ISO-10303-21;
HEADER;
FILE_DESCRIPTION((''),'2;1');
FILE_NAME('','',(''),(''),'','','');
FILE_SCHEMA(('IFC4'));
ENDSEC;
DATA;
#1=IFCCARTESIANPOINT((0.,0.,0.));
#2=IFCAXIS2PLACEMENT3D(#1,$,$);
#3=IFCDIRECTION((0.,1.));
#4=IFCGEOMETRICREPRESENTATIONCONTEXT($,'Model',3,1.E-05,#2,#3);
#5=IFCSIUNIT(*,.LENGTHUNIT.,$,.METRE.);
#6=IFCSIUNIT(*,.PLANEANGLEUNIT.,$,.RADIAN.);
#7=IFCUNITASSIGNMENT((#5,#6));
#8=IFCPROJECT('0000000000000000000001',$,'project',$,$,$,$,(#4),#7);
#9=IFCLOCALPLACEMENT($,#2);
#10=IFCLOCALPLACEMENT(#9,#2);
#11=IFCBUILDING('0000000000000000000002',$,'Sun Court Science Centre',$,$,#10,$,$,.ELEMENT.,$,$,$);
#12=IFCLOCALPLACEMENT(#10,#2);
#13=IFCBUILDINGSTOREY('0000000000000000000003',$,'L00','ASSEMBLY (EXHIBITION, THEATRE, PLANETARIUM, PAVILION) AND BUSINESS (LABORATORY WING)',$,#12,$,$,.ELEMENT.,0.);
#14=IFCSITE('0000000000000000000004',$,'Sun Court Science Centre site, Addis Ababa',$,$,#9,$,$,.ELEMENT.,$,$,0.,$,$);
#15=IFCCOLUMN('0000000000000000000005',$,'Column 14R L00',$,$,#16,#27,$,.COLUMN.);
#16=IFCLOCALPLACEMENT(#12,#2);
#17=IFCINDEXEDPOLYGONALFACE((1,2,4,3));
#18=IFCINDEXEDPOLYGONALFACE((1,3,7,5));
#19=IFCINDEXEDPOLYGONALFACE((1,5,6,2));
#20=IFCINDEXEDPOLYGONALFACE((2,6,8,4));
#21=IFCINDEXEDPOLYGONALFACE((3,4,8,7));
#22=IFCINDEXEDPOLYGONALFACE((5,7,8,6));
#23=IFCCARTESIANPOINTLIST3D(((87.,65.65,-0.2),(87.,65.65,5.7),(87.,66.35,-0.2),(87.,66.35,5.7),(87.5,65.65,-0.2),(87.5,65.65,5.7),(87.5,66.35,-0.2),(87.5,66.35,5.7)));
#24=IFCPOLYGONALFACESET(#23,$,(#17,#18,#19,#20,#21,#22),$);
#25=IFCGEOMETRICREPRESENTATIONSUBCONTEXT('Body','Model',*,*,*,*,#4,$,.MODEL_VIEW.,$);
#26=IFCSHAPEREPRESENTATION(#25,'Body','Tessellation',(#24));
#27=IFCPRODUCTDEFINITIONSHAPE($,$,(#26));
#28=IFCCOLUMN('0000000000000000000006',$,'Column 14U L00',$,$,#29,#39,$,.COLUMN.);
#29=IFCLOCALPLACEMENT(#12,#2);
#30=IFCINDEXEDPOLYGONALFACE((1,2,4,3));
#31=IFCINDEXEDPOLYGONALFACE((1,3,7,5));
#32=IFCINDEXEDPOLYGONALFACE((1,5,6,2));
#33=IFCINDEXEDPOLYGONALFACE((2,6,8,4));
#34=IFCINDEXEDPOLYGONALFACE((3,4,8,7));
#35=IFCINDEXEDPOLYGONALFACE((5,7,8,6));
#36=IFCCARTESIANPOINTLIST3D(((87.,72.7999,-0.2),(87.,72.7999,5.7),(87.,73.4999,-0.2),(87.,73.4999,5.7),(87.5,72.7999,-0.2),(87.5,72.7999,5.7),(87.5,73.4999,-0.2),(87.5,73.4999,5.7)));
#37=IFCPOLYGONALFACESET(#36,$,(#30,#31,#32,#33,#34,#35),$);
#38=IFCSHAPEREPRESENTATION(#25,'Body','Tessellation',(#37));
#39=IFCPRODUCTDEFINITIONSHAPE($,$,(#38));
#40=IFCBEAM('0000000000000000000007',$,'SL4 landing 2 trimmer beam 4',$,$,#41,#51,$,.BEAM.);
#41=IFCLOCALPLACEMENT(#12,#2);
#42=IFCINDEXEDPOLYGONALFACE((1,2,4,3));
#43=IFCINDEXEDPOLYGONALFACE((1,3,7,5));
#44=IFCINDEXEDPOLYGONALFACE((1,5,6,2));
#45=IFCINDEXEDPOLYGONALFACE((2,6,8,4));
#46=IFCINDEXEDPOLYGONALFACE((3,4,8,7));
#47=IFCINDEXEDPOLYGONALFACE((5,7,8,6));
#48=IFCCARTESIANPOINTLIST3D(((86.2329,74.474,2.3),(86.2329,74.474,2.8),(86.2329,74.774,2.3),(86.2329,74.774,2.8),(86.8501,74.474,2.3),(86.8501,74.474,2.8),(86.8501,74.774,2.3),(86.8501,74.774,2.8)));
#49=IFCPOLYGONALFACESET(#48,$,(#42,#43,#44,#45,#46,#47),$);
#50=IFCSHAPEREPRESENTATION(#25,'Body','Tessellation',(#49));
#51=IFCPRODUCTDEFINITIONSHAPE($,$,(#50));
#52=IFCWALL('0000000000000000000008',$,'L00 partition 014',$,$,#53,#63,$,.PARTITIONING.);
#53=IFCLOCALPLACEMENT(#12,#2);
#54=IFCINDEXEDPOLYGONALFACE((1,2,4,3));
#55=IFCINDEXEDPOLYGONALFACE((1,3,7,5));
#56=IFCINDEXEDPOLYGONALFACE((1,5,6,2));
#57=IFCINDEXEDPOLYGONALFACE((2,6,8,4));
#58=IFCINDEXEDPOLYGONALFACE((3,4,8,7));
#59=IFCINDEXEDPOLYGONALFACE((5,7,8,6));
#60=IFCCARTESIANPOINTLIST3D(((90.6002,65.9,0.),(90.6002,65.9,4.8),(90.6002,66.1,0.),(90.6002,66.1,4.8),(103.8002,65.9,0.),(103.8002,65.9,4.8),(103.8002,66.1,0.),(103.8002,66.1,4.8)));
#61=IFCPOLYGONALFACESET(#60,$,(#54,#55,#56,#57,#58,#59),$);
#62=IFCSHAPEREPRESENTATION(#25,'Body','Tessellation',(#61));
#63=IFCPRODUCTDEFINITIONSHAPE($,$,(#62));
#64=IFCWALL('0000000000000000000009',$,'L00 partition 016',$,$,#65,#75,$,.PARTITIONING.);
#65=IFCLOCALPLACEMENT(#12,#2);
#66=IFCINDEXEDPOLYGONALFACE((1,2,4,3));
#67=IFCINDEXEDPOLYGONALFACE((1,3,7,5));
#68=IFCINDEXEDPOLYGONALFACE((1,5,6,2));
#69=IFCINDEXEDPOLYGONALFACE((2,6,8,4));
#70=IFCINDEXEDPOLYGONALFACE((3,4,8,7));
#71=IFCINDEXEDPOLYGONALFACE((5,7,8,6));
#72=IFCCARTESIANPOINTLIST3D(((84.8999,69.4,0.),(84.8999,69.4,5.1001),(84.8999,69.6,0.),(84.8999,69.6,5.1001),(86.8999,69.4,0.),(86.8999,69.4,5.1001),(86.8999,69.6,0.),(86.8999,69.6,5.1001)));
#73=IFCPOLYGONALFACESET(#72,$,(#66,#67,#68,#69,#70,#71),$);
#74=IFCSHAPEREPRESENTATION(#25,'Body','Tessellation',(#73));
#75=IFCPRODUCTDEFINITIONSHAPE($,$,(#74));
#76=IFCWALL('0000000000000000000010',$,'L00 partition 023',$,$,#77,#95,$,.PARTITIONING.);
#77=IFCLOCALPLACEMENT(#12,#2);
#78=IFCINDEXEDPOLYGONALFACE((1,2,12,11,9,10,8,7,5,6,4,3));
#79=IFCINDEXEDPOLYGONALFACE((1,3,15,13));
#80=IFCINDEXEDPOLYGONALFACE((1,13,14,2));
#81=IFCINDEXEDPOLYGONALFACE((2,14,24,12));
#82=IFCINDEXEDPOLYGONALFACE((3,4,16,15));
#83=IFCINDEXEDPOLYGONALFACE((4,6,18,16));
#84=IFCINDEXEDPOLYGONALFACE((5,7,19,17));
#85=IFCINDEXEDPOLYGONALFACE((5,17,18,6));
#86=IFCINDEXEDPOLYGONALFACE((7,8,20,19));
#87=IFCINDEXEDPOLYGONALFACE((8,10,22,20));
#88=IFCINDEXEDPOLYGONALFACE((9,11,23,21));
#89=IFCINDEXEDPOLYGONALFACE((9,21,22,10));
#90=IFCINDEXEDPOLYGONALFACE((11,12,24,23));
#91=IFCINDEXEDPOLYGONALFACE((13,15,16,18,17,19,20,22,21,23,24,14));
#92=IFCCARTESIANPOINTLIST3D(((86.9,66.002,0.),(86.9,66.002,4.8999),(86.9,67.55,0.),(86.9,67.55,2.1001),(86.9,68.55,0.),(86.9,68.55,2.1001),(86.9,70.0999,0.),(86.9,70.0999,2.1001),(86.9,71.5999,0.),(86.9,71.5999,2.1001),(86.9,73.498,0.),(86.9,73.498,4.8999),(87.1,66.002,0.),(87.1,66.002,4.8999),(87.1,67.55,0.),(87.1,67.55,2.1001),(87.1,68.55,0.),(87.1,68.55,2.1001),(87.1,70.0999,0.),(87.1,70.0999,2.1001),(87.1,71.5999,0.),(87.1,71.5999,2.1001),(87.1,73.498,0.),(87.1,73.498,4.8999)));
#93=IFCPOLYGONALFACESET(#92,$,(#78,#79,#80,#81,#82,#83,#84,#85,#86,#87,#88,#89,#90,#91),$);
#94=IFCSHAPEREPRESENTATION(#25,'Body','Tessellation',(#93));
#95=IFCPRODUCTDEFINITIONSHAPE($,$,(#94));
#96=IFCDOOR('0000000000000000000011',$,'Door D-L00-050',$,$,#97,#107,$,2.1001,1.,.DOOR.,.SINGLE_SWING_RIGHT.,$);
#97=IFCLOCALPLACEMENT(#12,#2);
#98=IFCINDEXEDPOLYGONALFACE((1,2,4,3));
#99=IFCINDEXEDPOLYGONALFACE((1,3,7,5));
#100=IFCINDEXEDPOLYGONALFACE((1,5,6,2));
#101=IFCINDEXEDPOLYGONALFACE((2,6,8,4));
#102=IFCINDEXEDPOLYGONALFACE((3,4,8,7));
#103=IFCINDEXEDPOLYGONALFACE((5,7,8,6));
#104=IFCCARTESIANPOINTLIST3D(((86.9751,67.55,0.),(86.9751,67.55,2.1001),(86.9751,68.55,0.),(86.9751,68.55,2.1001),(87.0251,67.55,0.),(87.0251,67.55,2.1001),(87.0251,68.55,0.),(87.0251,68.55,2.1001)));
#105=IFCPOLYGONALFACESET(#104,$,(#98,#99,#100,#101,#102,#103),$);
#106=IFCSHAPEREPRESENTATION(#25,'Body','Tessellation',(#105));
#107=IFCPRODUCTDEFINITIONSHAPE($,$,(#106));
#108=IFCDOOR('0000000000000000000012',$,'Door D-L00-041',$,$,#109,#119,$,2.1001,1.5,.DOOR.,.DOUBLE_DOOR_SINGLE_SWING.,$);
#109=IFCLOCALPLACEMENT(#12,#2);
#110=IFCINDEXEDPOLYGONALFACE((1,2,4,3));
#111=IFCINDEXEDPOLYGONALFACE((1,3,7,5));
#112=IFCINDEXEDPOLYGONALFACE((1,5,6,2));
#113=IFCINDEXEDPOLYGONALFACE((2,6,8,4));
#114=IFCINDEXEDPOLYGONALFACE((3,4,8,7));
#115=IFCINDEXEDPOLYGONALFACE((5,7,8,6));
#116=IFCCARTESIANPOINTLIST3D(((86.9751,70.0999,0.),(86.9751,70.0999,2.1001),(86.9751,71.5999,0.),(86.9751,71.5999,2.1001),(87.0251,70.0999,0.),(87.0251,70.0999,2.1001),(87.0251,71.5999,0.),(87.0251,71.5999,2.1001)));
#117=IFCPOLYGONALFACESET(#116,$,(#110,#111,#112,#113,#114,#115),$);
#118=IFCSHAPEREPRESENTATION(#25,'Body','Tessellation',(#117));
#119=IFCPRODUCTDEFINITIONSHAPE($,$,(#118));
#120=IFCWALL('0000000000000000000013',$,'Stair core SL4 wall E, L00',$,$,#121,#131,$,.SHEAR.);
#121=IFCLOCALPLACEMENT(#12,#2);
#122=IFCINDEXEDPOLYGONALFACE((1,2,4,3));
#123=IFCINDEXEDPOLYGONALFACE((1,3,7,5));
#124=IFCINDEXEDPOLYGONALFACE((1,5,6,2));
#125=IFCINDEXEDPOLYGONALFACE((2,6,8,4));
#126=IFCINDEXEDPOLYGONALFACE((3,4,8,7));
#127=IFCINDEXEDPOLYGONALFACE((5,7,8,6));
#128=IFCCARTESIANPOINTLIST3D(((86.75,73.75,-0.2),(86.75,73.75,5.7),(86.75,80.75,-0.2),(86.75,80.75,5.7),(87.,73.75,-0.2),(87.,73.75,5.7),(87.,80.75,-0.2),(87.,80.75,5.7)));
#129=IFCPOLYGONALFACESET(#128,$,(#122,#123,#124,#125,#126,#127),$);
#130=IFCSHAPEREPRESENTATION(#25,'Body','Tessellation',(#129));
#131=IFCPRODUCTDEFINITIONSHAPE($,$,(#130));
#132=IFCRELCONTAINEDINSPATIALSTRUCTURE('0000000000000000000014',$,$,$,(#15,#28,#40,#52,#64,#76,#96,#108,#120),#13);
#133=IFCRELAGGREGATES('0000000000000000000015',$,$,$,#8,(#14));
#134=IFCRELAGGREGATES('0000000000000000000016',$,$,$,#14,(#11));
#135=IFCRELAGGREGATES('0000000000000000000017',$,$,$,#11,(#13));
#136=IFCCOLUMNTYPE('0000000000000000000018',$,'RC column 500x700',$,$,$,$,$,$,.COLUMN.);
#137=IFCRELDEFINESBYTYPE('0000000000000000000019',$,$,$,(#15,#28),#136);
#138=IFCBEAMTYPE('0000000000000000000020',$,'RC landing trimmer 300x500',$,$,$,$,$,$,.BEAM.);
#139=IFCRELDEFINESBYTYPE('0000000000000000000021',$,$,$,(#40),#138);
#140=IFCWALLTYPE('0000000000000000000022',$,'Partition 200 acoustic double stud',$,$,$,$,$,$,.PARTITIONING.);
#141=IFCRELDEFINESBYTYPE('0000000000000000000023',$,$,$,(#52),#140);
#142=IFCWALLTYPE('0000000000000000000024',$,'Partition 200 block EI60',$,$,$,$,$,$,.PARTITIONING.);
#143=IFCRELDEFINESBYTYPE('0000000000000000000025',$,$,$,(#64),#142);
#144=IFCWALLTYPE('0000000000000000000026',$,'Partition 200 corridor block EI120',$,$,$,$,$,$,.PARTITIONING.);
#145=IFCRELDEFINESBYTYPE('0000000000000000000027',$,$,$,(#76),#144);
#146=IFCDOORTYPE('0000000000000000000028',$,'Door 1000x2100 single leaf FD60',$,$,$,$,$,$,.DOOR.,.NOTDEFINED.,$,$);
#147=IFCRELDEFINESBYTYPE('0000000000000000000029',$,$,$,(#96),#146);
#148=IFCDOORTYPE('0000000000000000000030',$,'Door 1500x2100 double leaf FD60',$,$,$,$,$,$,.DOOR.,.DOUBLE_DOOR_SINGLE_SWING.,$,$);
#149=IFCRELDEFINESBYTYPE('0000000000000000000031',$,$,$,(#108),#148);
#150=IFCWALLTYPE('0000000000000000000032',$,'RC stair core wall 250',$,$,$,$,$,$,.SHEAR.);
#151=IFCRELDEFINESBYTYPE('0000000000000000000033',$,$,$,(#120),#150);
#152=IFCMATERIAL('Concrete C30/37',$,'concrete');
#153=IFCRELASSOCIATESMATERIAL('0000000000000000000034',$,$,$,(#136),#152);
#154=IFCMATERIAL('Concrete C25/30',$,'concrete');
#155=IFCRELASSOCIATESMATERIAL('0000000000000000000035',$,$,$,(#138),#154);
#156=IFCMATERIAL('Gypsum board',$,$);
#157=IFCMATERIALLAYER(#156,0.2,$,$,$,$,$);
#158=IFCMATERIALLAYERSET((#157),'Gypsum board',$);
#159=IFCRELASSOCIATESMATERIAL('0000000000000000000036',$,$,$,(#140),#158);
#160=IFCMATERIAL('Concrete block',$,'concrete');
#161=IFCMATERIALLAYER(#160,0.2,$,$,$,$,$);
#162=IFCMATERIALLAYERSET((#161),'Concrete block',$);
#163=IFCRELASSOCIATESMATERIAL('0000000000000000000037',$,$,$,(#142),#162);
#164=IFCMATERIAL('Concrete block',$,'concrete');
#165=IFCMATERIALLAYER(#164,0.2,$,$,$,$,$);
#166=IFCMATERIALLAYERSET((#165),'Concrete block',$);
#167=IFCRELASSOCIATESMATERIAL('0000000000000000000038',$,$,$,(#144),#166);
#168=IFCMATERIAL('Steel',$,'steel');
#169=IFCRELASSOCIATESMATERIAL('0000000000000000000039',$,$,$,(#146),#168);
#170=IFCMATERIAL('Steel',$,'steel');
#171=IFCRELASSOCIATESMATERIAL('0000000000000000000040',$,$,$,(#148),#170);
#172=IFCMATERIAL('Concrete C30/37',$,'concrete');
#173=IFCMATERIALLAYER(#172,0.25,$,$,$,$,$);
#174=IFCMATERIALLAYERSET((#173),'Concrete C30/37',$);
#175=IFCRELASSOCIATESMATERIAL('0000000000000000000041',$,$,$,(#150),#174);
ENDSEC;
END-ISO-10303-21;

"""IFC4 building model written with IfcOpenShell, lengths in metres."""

from ifc_helpers import new_model, si_unit, direction, frame, frame_2d, origin, origin_2d, place, context, subcontext, project, spatial, rectangle, extrude, material, layer, layer_set, material_profile, profile_set, type_object, element, fill, save


model = new_model("IFC4")

# Units and contexts
model_context = context("Model", 3, precision=1e-05, world=origin(), true_north=direction((0.0, 1.0)))
body_context = subcontext(model_context, "Body", "Model", "MODEL_VIEW")
ifc_project = project(units=[si_unit("LENGTHUNIT", "METRE"), si_unit("PLANEANGLEUNIT", "RADIAN")], contexts=[model_context])

# Site, building, storey
site_placement = place(None, origin())
site = spatial("IfcSite", under=ifc_project, at=site_placement, Name="Sun Court Science Centre site, Addis Ababa", CompositionType="ELEMENT", RefElevation=0.0)
building_placement = place(site_placement, origin())
building = spatial("IfcBuilding", under=site, at=building_placement, Name="Sun Court Science Centre", CompositionType="ELEMENT")
storey_placement = place(building_placement, origin())
storey = spatial("IfcBuildingStorey", under=building, at=storey_placement, Name="L00", Description="ASSEMBLY (EXHIBITION, THEATRE, PLANETARIUM, PAVILION) AND BUSINESS (LABORATORY WING)", CompositionType="ELEMENT", Elevation=0.0)

# Columns
ifc_material_1 = material(Name="Concrete C30/37", Category="concrete")
ifc_material_profile_1 = material_profile(ifc_material_1, rectangle(XDim=0.5, YDim=0.7, at=origin_2d()), Name="RC 500x700")
ifc_profile_set_1 = profile_set([ifc_material_profile_1], Name="Concrete C30/37")
column_type = type_object("IfcColumnType", Name="RC column 500x700", PredefinedType="COLUMN", material=ifc_profile_set_1)
for number, where, z_axis, x_axis, name in (
    (1, (87.25, 66.0, -0.2), (0.0, 0.0, 1.0), (1.0, 0.0, 0.0), "Column 14R L00"),
    (2, (87.25, 73.1499, -0.2), (0.0, 0.0, 1.0), (1.0, 0.0, 0.0), "Column 14U L00"),
):
    element("IfcColumn", number, at=place(storey_placement, frame(where, z_axis=z_axis, x_axis=x_axis)), inside=storey, type_object=column_type, Name=name, PredefinedType="COLUMN", context=body_context, shape_type="SweptSolid", body=[
        extrude(rectangle(XDim=0.5, YDim=0.7, at=origin_2d()), origin(), (0.0, 0.0, 1.0), 5.8999),
    ])

# Beam
ifc_material_2 = material(Name="Concrete C25/30", Category="concrete")
ifc_material_profile_2 = material_profile(ifc_material_2, rectangle(XDim=0.3, YDim=0.5, at=origin_2d()), Name="RC 300x500")
ifc_profile_set_2 = profile_set([ifc_material_profile_2], Name="Concrete C25/30")
beam_type = type_object("IfcBeamType", Name="RC landing trimmer 300x500", PredefinedType="BEAM", material=ifc_profile_set_2)
beam_placement = place(storey_placement, frame((86.8501, 74.624, 2.55), z_axis=(-1.0, 0.0, 0.0), x_axis=(0.0, -1.0, 0.0)))
element("IfcBeam", 3, at=beam_placement, inside=storey, type_object=beam_type, Name="SL4 landing 2 trimmer beam 4", PredefinedType="BEAM", context=body_context, shape_type="SweptSolid", body=[
    extrude(rectangle(XDim=0.3, YDim=0.5, at=origin_2d()), origin(), (0.0, 0.0, 1.0), 0.6172),
])

# Walls
ifc_material_3 = material(Name="Gypsum board")
ifc_layer_1 = layer(ifc_material_3, 0.2)
ifc_layer_set_1 = layer_set([ifc_layer_1], Name="Gypsum board")
wall_type_1 = type_object("IfcWallType", Name="Partition 200 acoustic double stud", PredefinedType="PARTITIONING", material=ifc_layer_set_1)
wall_1_placement = place(storey_placement, frame((90.6001, 66.0, 0.0), z_axis=(0.0, 0.0, 1.0), x_axis=(1.0, 0.0, 0.0)))
element("IfcWall", 4, at=wall_1_placement, inside=storey, type_object=wall_type_1, Name="L00 partition 014", PredefinedType="PARTITIONING", context=body_context, shape_type="SweptSolid", body=[
    extrude(rectangle(XDim=13.2, YDim=0.2, at=frame_2d((6.6001, 0.0))), origin(), (0.0, 0.0, 1.0), 4.8),
])
ifc_material_4 = material(Name="Concrete block", Category="concrete")
ifc_layer_2 = layer(ifc_material_4, 0.2)
ifc_layer_set_2 = layer_set([ifc_layer_2], Name="Concrete block")
wall_type_2 = type_object("IfcWallType", Name="Partition 200 block EI60", PredefinedType="PARTITIONING", material=ifc_layer_set_2)
wall_2_placement = place(storey_placement, frame((84.8999, 69.5, 0.0), z_axis=(0.0, 0.0, 1.0), x_axis=(1.0, 0.0, 0.0)))
element("IfcWall", 5, at=wall_2_placement, inside=storey, type_object=wall_type_2, Name="L00 partition 016", PredefinedType="PARTITIONING", context=body_context, shape_type="SweptSolid", body=[
    extrude(rectangle(XDim=2.0, YDim=0.2, at=frame_2d((1.0, 0.0))), origin(), (0.0, 0.0, 1.0), 5.1001),
])

# Wall, openings, doors
ifc_material_5 = material(Name="Concrete block", Category="concrete")
ifc_layer_3 = layer(ifc_material_5, 0.2)
ifc_layer_set_3 = layer_set([ifc_layer_3], Name="Concrete block")
wall_type_3 = type_object("IfcWallType", Name="Partition 200 corridor block EI120", PredefinedType="PARTITIONING", material=ifc_layer_set_3)
wall_3_placement = place(storey_placement, frame((87.0, 66.002, 0.0), z_axis=(0.0, 0.0, 1.0), x_axis=(0.0, 1.0, 0.0)))
wall_3 = element("IfcWall", 6, at=wall_3_placement, inside=storey, type_object=wall_type_3, Name="L00 partition 023", PredefinedType="PARTITIONING", context=body_context, shape_type="SweptSolid", body=[
    extrude(rectangle(XDim=7.4961, YDim=0.2, at=frame_2d((3.748, 0.0))), origin(), (0.0, 0.0, 1.0), 4.8999),
])
opening_1_placement = place(wall_3_placement, frame((4.0979, 0.0, 0.0)))
opening_1 = element("IfcOpeningElement", 7, at=opening_1_placement, cuts=wall_3, PredefinedType="OPENING", context=body_context, shape_type="SweptSolid", body=[
    extrude(rectangle(XDim=1.5, YDim=2.1001, at=frame_2d((0.75, 1.05))), frame((0.0, 0.1099, 0.0), z_axis=(0.0, -1.0, 0.0), x_axis=(1.0, 0.0, 0.0)), (0.0, 0.0, 1.0), 0.22),
])
opening_2_placement = place(wall_3_placement, frame((1.5481, 0.0, 0.0)))
opening_2 = element("IfcOpeningElement", 8, at=opening_2_placement, cuts=wall_3, PredefinedType="OPENING", context=body_context, shape_type="SweptSolid", body=[
    extrude(rectangle(XDim=1.0, YDim=2.1001, at=frame_2d((0.5, 1.05))), frame((0.0, 0.1099, 0.0), z_axis=(0.0, -1.0, 0.0), x_axis=(1.0, 0.0, 0.0)), (0.0, 0.0, 1.0), 0.22),
])
ifc_material_6 = material(Name="Steel", Category="steel")
door_type_1 = type_object("IfcDoorType", Name="Door 1000x2100 single leaf FD60", OperationType="NOTDEFINED", PredefinedType="DOOR", material=ifc_material_6)
door_1_placement = place(opening_2_placement, origin())
door_1 = element("IfcDoor", 9, at=door_1_placement, inside=storey, type_object=door_type_1, Name="Door D-L00-050", OperationType="SINGLE_SWING_RIGHT", OverallHeight=2.1001, OverallWidth=1.0, PredefinedType="DOOR", context=body_context, shape_type="SweptSolid", body=[
    extrude(rectangle(XDim=1.0, YDim=2.1001, at=frame_2d((0.5, 1.05))), frame((0.0, 0.0249, 0.0), z_axis=(0.0, -1.0, 0.0), x_axis=(1.0, 0.0, 0.0)), (0.0, 0.0, 1.0), 0.05),
])
fill(opening_2, door_1)
ifc_material_7 = material(Name="Steel", Category="steel")
door_type_2 = type_object("IfcDoorType", Name="Door 1500x2100 double leaf FD60", OperationType="DOUBLE_DOOR_SINGLE_SWING", PredefinedType="DOOR", material=ifc_material_7)
door_2_placement = place(opening_1_placement, origin())
door_2 = element("IfcDoor", 10, at=door_2_placement, inside=storey, type_object=door_type_2, Name="Door D-L00-041", OperationType="DOUBLE_DOOR_SINGLE_SWING", OverallHeight=2.1001, OverallWidth=1.5, PredefinedType="DOOR", context=body_context, shape_type="SweptSolid", body=[
    extrude(rectangle(XDim=1.5, YDim=2.1001, at=frame_2d((0.75, 1.05))), frame((0.0, 0.0249, 0.0), z_axis=(0.0, -1.0, 0.0), x_axis=(1.0, 0.0, 0.0)), (0.0, 0.0, 1.0), 0.05),
])
fill(opening_1, door_2)

# Wall
ifc_material_8 = material(Name="Concrete C30/37", Category="concrete")
ifc_layer_4 = layer(ifc_material_8, 0.25)
ifc_layer_set_4 = layer_set([ifc_layer_4], Name="Concrete C30/37")
wall_type_4 = type_object("IfcWallType", Name="RC stair core wall 250", PredefinedType="SHEAR", material=ifc_layer_set_4)
wall_4_placement = place(storey_placement, frame((86.875, 73.75, -0.2), z_axis=(0.0, 0.0, 1.0), x_axis=(0.0, 1.0, 0.0)))
element("IfcWall", 11, at=wall_4_placement, inside=storey, type_object=wall_type_4, Name="Stair core SL4 wall E, L00", PredefinedType="SHEAR", context=body_context, shape_type="SweptSolid", body=[
    extrude(rectangle(XDim=7.0, YDim=0.25, at=frame_2d((3.5, 0.0))), origin(), (0.0, 0.0, 1.0), 5.8999),
])

save(model, "model.ifc")
